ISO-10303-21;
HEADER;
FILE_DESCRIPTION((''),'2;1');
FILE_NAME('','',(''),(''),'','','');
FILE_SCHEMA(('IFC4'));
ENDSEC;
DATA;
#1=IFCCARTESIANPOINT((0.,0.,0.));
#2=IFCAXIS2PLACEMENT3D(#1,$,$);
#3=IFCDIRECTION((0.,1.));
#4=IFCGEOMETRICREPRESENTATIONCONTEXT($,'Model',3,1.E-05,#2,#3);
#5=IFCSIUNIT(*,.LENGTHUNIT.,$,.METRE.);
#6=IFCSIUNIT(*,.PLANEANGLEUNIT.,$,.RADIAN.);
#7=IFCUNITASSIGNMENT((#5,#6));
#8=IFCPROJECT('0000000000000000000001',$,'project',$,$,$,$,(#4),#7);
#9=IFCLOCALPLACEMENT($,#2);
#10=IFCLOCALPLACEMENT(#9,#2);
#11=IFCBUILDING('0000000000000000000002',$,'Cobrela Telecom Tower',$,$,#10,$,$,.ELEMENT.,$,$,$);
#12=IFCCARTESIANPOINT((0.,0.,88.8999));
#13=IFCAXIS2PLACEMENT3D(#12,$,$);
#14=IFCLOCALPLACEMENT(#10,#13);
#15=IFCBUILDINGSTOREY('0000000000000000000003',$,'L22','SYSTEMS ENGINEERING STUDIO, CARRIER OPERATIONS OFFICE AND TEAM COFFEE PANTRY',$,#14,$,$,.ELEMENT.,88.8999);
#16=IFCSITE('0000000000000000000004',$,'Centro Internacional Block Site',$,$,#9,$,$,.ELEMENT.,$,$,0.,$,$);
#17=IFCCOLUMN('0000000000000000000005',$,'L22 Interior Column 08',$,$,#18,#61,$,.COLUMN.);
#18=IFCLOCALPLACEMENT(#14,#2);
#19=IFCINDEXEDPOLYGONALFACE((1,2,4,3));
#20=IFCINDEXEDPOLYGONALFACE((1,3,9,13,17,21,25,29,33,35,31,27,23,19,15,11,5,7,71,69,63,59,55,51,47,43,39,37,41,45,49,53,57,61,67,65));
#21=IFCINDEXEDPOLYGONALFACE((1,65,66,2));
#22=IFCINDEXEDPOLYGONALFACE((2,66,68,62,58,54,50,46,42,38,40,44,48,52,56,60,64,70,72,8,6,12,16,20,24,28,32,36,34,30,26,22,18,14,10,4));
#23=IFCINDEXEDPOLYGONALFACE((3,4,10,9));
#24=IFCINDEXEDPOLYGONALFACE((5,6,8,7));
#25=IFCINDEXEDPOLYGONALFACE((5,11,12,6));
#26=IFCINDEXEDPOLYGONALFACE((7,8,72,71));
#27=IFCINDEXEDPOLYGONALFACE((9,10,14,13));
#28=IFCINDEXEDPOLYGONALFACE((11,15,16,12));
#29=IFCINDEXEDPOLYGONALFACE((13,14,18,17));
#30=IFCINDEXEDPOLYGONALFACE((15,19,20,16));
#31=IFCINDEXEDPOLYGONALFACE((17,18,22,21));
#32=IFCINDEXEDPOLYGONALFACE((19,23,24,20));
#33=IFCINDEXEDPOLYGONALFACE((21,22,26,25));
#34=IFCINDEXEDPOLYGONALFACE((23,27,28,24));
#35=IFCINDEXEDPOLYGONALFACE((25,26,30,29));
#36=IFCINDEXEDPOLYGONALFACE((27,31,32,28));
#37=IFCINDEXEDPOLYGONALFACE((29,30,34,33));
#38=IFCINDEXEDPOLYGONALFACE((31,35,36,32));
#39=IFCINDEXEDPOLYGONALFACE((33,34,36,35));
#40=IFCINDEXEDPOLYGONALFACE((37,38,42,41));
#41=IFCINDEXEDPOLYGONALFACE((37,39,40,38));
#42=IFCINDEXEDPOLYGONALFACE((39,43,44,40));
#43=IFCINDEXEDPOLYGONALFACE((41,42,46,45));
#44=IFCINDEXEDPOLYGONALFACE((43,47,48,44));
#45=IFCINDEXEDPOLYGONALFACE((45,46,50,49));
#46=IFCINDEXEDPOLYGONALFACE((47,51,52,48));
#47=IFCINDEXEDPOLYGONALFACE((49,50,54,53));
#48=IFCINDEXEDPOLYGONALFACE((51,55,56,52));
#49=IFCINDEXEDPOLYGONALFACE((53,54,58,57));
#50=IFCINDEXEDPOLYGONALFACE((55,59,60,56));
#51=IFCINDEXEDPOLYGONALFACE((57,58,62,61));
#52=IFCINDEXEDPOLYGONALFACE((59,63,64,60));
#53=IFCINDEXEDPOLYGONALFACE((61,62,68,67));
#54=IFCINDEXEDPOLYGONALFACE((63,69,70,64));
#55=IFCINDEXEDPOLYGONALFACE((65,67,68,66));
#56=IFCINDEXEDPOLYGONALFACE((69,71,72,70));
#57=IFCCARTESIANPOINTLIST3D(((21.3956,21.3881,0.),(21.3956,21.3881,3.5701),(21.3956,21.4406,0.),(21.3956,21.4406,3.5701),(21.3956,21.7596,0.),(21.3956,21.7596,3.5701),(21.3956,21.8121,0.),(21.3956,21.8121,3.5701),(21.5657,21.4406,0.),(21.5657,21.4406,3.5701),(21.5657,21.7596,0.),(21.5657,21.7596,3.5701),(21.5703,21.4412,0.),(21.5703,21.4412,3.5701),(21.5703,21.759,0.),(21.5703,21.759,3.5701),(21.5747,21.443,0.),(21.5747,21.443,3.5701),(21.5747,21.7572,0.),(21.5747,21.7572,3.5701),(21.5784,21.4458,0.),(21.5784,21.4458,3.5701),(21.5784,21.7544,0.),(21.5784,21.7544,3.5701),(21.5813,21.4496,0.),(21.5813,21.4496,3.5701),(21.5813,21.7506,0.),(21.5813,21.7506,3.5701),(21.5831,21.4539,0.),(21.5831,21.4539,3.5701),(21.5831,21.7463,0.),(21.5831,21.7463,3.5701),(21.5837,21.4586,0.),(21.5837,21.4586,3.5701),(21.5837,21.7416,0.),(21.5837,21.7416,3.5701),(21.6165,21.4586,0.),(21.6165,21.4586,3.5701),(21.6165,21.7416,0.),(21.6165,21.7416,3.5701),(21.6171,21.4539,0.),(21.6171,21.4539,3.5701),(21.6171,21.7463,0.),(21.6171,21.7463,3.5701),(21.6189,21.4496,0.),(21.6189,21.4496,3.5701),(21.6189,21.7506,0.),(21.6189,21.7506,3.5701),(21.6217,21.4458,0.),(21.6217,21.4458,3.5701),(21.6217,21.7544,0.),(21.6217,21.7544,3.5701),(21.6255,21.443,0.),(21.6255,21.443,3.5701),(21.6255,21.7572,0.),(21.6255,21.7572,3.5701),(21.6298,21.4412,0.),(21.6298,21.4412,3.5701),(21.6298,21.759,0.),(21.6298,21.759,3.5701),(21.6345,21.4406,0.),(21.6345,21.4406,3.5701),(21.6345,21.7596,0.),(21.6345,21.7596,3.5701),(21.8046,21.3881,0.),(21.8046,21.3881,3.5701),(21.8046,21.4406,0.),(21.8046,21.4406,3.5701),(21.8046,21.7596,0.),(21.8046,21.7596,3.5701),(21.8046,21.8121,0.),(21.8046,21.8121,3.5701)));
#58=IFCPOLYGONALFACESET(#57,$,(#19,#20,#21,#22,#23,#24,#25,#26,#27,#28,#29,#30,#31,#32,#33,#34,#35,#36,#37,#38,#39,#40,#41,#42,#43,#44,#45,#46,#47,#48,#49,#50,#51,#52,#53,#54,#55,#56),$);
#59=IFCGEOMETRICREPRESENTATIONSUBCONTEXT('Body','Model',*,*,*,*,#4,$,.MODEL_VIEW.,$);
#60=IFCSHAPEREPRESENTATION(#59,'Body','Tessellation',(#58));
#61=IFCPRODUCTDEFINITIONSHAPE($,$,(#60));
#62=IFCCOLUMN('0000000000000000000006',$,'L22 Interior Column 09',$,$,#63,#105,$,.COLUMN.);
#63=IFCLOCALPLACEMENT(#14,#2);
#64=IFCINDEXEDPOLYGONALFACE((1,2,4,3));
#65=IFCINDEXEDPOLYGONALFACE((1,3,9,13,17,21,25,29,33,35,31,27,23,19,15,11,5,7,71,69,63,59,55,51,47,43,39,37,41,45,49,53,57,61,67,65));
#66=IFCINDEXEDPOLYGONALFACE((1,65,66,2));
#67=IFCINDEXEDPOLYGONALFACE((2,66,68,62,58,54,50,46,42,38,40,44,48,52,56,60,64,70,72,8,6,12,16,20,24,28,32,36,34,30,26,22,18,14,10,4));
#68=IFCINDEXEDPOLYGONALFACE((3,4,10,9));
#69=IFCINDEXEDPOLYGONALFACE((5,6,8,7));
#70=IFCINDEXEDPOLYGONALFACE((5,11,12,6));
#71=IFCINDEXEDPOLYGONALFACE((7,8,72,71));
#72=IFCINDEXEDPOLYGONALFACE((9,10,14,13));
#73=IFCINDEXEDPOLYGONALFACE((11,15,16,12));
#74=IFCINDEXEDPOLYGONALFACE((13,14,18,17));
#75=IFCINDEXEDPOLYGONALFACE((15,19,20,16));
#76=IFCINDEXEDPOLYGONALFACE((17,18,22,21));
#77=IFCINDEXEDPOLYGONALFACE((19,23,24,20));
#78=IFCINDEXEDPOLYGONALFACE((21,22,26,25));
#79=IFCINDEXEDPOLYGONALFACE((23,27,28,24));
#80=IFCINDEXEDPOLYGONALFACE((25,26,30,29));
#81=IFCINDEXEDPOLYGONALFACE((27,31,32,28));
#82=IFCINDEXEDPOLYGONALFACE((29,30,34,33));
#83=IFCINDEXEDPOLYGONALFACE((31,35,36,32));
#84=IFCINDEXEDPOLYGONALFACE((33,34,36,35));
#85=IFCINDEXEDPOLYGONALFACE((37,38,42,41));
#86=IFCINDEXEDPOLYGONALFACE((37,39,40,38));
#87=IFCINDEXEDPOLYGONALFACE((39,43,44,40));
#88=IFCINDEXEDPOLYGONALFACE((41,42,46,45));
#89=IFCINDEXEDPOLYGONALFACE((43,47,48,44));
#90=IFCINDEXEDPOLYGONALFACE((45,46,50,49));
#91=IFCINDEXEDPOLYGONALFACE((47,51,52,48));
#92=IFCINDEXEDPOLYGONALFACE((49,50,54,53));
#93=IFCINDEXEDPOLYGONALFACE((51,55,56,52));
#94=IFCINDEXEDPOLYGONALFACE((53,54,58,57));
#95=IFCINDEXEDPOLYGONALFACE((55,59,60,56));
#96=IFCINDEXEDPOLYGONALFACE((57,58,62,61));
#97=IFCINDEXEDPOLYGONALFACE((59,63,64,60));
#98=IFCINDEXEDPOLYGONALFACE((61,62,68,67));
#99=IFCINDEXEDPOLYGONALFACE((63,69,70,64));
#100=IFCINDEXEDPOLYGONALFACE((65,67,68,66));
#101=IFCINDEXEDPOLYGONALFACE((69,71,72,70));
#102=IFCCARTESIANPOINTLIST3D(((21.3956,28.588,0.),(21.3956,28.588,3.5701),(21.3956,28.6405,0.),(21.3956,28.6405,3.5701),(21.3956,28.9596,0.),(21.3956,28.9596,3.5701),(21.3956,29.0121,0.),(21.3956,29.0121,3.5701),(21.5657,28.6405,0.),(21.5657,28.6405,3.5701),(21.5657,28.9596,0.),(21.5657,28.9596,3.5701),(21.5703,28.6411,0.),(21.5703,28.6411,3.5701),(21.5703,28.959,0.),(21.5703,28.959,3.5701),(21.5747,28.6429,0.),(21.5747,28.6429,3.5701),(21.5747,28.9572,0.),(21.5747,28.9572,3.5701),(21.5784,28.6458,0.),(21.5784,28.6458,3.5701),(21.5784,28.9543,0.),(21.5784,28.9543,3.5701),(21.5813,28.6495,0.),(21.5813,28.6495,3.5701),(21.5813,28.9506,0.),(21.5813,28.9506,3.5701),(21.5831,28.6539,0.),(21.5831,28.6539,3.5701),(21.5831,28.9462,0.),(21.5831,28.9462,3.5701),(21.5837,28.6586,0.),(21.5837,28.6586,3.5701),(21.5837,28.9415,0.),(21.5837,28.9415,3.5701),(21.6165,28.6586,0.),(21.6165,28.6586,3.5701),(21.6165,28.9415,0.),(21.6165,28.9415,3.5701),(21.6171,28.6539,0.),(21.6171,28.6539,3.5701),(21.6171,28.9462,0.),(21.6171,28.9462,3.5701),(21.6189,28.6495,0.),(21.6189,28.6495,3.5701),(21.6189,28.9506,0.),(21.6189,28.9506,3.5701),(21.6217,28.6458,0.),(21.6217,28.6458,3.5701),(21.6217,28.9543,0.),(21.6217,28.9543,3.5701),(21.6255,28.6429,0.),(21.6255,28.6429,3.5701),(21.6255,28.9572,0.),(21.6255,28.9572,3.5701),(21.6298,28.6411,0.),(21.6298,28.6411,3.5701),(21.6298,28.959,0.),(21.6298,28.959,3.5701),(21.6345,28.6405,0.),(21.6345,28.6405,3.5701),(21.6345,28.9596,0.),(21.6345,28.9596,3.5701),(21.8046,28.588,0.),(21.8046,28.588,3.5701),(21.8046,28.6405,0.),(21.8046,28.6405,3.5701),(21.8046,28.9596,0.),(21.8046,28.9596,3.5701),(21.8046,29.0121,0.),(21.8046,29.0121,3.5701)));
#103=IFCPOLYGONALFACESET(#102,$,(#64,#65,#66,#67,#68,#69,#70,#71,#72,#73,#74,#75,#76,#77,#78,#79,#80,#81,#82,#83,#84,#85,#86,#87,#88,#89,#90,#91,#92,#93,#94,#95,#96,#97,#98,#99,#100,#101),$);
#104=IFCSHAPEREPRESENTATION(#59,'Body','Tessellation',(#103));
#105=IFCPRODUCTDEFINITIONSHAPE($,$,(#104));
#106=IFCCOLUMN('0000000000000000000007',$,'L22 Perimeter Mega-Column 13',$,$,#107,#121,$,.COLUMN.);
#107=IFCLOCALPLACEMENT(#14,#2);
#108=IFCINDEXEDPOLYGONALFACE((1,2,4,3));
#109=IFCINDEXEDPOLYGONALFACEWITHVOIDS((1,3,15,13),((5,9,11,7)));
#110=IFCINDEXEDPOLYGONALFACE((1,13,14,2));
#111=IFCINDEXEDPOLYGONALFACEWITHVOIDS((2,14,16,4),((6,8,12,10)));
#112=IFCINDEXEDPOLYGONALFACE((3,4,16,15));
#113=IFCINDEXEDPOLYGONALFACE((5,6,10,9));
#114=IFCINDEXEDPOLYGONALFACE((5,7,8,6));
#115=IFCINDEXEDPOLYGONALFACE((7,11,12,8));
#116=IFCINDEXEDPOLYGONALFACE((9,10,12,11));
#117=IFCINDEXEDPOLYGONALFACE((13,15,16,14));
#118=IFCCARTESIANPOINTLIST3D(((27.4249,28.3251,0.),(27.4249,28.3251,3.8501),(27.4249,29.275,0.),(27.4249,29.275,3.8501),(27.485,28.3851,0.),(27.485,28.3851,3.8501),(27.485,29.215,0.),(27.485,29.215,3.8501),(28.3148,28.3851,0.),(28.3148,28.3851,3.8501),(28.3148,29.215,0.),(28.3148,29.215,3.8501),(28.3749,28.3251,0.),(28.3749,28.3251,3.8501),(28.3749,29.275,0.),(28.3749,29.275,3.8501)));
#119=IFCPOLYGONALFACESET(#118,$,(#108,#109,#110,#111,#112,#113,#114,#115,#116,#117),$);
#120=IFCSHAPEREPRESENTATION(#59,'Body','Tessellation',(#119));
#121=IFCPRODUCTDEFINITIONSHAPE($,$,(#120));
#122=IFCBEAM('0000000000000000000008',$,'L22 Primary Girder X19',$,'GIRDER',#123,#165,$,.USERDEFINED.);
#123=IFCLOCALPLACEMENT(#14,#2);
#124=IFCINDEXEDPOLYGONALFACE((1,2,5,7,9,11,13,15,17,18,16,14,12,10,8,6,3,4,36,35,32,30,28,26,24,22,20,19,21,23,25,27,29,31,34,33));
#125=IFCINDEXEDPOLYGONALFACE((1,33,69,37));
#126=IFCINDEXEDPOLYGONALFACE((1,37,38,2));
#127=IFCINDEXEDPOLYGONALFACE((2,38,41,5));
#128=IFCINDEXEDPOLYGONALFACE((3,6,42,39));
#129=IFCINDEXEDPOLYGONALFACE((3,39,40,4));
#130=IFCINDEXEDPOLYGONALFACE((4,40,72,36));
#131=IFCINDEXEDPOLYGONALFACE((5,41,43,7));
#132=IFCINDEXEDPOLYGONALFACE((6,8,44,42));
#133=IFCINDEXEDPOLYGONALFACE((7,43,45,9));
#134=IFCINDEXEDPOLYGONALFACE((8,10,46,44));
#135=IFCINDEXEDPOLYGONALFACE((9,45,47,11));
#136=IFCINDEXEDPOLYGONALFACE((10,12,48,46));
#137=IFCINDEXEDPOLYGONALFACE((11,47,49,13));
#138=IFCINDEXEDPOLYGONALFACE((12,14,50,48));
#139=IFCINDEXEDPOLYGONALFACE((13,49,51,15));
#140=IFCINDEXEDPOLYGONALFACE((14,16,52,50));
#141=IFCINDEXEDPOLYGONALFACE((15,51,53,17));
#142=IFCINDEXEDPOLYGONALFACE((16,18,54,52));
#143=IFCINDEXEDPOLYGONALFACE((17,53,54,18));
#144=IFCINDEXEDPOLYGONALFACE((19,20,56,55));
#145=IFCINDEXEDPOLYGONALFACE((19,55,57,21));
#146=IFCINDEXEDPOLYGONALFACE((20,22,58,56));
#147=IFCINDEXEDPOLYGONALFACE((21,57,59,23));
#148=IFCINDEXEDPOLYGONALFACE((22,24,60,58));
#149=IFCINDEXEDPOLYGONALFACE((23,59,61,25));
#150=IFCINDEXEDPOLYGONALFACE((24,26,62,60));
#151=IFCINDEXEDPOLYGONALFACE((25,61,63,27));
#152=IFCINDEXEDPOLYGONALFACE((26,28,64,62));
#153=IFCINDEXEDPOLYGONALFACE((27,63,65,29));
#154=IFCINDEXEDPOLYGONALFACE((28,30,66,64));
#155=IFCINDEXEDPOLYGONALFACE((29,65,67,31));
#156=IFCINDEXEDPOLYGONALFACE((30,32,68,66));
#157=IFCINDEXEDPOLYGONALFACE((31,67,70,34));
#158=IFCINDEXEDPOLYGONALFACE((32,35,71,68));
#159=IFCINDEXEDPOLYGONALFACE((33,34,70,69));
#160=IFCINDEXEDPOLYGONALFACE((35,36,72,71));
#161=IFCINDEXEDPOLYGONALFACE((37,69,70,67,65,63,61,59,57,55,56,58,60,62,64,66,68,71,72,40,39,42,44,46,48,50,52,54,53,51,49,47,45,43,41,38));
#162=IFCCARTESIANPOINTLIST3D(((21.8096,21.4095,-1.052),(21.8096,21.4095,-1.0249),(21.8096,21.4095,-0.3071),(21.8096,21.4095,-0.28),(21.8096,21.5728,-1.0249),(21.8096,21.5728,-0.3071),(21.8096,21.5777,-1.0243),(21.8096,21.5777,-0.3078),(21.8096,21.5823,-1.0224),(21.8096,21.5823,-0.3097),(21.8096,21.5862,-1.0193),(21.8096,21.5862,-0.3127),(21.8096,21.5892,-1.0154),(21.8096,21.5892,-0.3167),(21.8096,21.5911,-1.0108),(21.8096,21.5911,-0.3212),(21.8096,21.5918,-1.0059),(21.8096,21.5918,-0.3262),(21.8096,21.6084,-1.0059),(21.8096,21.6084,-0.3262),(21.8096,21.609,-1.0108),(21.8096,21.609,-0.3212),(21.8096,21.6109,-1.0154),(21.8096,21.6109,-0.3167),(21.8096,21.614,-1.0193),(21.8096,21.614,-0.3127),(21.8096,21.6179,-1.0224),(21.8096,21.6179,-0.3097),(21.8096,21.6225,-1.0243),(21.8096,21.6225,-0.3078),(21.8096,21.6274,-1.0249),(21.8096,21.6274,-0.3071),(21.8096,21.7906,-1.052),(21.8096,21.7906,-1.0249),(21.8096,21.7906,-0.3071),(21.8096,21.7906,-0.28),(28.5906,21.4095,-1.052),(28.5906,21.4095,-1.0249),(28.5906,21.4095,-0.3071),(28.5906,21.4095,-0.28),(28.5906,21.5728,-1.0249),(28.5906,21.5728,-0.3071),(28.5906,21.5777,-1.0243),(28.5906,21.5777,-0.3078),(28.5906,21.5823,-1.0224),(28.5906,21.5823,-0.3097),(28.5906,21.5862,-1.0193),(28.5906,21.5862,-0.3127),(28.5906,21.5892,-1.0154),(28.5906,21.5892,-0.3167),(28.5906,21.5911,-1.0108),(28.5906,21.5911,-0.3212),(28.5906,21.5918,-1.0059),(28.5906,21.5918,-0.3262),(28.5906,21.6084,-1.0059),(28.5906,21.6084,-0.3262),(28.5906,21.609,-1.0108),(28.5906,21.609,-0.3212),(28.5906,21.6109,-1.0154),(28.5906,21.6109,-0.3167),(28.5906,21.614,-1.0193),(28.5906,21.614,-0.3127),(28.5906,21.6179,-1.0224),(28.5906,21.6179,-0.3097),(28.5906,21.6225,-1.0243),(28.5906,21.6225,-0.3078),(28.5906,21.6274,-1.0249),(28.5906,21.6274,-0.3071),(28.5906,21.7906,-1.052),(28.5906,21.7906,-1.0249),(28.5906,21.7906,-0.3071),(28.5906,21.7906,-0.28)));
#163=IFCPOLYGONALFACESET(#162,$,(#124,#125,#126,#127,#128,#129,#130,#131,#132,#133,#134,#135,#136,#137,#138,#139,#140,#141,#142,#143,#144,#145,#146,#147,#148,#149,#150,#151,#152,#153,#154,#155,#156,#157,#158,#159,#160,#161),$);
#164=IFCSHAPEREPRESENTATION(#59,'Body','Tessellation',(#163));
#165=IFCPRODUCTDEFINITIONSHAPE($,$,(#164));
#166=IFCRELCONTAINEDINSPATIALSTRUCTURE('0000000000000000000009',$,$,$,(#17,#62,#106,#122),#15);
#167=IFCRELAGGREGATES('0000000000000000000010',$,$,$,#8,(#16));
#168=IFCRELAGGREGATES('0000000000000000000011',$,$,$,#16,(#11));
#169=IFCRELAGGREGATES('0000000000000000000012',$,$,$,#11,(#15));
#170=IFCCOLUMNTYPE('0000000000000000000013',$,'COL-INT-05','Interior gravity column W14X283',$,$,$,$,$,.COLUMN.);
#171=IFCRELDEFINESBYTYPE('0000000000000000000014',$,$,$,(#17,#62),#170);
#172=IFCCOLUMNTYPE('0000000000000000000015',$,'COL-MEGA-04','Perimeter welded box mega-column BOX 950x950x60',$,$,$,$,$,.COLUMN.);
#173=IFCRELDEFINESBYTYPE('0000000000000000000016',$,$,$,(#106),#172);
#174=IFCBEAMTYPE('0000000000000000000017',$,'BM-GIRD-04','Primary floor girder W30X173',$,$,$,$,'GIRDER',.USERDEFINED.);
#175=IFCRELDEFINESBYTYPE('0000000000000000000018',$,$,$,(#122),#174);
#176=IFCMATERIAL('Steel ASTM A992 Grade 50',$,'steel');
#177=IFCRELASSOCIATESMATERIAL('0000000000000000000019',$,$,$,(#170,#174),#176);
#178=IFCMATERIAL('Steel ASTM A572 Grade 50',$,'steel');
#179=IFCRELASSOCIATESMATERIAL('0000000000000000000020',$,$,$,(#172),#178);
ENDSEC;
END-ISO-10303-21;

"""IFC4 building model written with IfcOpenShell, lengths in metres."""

from ifc_helpers import new_model, si_unit, direction, frame, origin, origin_2d, place, context, subcontext, project, spatial, hollow_rectangle, i_section, extrude, material, material_profile, profile_set, type_object, element, save


model = new_model("IFC4")

# Units and contexts
model_context = context("Model", 3, precision=1e-05, world=origin(), true_north=direction((0.0, 1.0)))
body_context = subcontext(model_context, "Body", "Model", "MODEL_VIEW")
ifc_project = project(units=[si_unit("LENGTHUNIT", "METRE"), si_unit("PLANEANGLEUNIT", "RADIAN")], contexts=[model_context])

# Site, building, storey
site_placement = place(None, origin())
site = spatial("IfcSite", under=ifc_project, at=site_placement, Name="Centro Internacional Block Site", CompositionType="ELEMENT", RefElevation=0.0)
building_placement = place(site_placement, origin())
building = spatial("IfcBuilding", under=site, at=building_placement, Name="Cobrela Telecom Tower", CompositionType="ELEMENT")
storey_placement = place(building_placement, frame((0.0, 0.0, 88.8999)))
storey = spatial("IfcBuildingStorey", under=building, at=storey_placement, Name="L22", Description="SYSTEMS ENGINEERING STUDIO, CARRIER OPERATIONS OFFICE AND TEAM COFFEE PANTRY", CompositionType="ELEMENT", Elevation=88.8999)

# Columns
ifc_material_1 = material(Name="Steel ASTM A992 Grade 50", Category="steel")
ifc_material_profile_1 = material_profile(ifc_material_1, i_section(OverallWidth=0.4089, OverallDepth=0.4241, WebThickness=0.0327, FlangeThickness=0.0525, FilletRadius=0.0181, at=origin_2d()), Name="W14X283")
ifc_profile_set_1 = profile_set([ifc_material_profile_1], Name="Steel ASTM A992 Grade 50")
column_type_1 = type_object("IfcColumnType", Name="COL-INT-05", Description="Interior gravity column W14X283", PredefinedType="COLUMN", material=ifc_profile_set_1)
for number, where, z_axis, x_axis, name in (
    (1, (21.6001, 21.6001, 0.0), (0.0, 0.0, 1.0), (1.0, 0.0, 0.0), "L22 Interior Column 08"),
    (2, (21.6001, 28.8, 0.0), (0.0, 0.0, 1.0), (1.0, 0.0, 0.0), "L22 Interior Column 09"),
):
    element("IfcColumn", number, at=place(storey_placement, frame(where, z_axis=z_axis, x_axis=x_axis)), inside=storey, type_object=column_type_1, Name=name, PredefinedType="COLUMN", context=body_context, shape_type="SweptSolid", body=[
        extrude(i_section(OverallWidth=0.4089, OverallDepth=0.4241, WebThickness=0.0327, FlangeThickness=0.0525, FilletRadius=0.0181, at=origin_2d()), origin(), (0.0, 0.0, 1.0), 3.5701),
    ])
ifc_material_2 = material(Name="Steel ASTM A572 Grade 50", Category="steel")
ifc_material_profile_2 = material_profile(ifc_material_2, hollow_rectangle(XDim=0.95, YDim=0.95, WallThickness=0.0601, at=origin_2d()), Name="BOX 950x950x60")
ifc_profile_set_2 = profile_set([ifc_material_profile_2], Name="Steel ASTM A572 Grade 50")
column_type_2 = type_object("IfcColumnType", Name="COL-MEGA-04", Description="Perimeter welded box mega-column BOX 950x950x60", PredefinedType="COLUMN", material=ifc_profile_set_2)
column_placement = place(storey_placement, frame((27.8999, 28.8, 0.0), z_axis=(0.0, 0.0, 1.0), x_axis=(1.0, 0.0, 0.0)))
element("IfcColumn", 3, at=column_placement, inside=storey, type_object=column_type_2, Name="L22 Perimeter Mega-Column 13", PredefinedType="COLUMN", context=body_context, shape_type="SweptSolid", body=[
    extrude(hollow_rectangle(XDim=0.95, YDim=0.95, WallThickness=0.0601, at=origin_2d()), origin(), (0.0, 0.0, 1.0), 3.8501),
])

# Beam
ifc_material_profile_3 = material_profile(ifc_material_1, i_section(OverallWidth=0.3811, OverallDepth=0.772, WebThickness=0.0166, FlangeThickness=0.0271, FilletRadius=0.019, at=origin_2d()), Name="W30X173")
ifc_profile_set_3 = profile_set([ifc_material_profile_3], Name="Steel ASTM A992 Grade 50")
beam_type_1 = type_object("IfcBeamType", Name="BM-GIRD-04", Description="Primary floor girder W30X173", ElementType="GIRDER", PredefinedType="USERDEFINED", material=ifc_profile_set_3)
beam_1_placement = place(storey_placement, frame((21.8096, 21.6001, -0.666), z_axis=(1.0, 0.0, 0.0), x_axis=(0.0, 1.0, 0.0)))
element("IfcBeam", 4, at=beam_1_placement, inside=storey, type_object=beam_type_1, Name="L22 Primary Girder X19", ObjectType="GIRDER", PredefinedType="USERDEFINED", context=body_context, shape_type="SweptSolid", body=[
    extrude(i_section(OverallWidth=0.3811, OverallDepth=0.772, WebThickness=0.0166, FlangeThickness=0.0271, FilletRadius=0.019, at=origin_2d()), origin(), (0.0, 0.0, 1.0), 6.781),
])

save(model, "model.ifc")
